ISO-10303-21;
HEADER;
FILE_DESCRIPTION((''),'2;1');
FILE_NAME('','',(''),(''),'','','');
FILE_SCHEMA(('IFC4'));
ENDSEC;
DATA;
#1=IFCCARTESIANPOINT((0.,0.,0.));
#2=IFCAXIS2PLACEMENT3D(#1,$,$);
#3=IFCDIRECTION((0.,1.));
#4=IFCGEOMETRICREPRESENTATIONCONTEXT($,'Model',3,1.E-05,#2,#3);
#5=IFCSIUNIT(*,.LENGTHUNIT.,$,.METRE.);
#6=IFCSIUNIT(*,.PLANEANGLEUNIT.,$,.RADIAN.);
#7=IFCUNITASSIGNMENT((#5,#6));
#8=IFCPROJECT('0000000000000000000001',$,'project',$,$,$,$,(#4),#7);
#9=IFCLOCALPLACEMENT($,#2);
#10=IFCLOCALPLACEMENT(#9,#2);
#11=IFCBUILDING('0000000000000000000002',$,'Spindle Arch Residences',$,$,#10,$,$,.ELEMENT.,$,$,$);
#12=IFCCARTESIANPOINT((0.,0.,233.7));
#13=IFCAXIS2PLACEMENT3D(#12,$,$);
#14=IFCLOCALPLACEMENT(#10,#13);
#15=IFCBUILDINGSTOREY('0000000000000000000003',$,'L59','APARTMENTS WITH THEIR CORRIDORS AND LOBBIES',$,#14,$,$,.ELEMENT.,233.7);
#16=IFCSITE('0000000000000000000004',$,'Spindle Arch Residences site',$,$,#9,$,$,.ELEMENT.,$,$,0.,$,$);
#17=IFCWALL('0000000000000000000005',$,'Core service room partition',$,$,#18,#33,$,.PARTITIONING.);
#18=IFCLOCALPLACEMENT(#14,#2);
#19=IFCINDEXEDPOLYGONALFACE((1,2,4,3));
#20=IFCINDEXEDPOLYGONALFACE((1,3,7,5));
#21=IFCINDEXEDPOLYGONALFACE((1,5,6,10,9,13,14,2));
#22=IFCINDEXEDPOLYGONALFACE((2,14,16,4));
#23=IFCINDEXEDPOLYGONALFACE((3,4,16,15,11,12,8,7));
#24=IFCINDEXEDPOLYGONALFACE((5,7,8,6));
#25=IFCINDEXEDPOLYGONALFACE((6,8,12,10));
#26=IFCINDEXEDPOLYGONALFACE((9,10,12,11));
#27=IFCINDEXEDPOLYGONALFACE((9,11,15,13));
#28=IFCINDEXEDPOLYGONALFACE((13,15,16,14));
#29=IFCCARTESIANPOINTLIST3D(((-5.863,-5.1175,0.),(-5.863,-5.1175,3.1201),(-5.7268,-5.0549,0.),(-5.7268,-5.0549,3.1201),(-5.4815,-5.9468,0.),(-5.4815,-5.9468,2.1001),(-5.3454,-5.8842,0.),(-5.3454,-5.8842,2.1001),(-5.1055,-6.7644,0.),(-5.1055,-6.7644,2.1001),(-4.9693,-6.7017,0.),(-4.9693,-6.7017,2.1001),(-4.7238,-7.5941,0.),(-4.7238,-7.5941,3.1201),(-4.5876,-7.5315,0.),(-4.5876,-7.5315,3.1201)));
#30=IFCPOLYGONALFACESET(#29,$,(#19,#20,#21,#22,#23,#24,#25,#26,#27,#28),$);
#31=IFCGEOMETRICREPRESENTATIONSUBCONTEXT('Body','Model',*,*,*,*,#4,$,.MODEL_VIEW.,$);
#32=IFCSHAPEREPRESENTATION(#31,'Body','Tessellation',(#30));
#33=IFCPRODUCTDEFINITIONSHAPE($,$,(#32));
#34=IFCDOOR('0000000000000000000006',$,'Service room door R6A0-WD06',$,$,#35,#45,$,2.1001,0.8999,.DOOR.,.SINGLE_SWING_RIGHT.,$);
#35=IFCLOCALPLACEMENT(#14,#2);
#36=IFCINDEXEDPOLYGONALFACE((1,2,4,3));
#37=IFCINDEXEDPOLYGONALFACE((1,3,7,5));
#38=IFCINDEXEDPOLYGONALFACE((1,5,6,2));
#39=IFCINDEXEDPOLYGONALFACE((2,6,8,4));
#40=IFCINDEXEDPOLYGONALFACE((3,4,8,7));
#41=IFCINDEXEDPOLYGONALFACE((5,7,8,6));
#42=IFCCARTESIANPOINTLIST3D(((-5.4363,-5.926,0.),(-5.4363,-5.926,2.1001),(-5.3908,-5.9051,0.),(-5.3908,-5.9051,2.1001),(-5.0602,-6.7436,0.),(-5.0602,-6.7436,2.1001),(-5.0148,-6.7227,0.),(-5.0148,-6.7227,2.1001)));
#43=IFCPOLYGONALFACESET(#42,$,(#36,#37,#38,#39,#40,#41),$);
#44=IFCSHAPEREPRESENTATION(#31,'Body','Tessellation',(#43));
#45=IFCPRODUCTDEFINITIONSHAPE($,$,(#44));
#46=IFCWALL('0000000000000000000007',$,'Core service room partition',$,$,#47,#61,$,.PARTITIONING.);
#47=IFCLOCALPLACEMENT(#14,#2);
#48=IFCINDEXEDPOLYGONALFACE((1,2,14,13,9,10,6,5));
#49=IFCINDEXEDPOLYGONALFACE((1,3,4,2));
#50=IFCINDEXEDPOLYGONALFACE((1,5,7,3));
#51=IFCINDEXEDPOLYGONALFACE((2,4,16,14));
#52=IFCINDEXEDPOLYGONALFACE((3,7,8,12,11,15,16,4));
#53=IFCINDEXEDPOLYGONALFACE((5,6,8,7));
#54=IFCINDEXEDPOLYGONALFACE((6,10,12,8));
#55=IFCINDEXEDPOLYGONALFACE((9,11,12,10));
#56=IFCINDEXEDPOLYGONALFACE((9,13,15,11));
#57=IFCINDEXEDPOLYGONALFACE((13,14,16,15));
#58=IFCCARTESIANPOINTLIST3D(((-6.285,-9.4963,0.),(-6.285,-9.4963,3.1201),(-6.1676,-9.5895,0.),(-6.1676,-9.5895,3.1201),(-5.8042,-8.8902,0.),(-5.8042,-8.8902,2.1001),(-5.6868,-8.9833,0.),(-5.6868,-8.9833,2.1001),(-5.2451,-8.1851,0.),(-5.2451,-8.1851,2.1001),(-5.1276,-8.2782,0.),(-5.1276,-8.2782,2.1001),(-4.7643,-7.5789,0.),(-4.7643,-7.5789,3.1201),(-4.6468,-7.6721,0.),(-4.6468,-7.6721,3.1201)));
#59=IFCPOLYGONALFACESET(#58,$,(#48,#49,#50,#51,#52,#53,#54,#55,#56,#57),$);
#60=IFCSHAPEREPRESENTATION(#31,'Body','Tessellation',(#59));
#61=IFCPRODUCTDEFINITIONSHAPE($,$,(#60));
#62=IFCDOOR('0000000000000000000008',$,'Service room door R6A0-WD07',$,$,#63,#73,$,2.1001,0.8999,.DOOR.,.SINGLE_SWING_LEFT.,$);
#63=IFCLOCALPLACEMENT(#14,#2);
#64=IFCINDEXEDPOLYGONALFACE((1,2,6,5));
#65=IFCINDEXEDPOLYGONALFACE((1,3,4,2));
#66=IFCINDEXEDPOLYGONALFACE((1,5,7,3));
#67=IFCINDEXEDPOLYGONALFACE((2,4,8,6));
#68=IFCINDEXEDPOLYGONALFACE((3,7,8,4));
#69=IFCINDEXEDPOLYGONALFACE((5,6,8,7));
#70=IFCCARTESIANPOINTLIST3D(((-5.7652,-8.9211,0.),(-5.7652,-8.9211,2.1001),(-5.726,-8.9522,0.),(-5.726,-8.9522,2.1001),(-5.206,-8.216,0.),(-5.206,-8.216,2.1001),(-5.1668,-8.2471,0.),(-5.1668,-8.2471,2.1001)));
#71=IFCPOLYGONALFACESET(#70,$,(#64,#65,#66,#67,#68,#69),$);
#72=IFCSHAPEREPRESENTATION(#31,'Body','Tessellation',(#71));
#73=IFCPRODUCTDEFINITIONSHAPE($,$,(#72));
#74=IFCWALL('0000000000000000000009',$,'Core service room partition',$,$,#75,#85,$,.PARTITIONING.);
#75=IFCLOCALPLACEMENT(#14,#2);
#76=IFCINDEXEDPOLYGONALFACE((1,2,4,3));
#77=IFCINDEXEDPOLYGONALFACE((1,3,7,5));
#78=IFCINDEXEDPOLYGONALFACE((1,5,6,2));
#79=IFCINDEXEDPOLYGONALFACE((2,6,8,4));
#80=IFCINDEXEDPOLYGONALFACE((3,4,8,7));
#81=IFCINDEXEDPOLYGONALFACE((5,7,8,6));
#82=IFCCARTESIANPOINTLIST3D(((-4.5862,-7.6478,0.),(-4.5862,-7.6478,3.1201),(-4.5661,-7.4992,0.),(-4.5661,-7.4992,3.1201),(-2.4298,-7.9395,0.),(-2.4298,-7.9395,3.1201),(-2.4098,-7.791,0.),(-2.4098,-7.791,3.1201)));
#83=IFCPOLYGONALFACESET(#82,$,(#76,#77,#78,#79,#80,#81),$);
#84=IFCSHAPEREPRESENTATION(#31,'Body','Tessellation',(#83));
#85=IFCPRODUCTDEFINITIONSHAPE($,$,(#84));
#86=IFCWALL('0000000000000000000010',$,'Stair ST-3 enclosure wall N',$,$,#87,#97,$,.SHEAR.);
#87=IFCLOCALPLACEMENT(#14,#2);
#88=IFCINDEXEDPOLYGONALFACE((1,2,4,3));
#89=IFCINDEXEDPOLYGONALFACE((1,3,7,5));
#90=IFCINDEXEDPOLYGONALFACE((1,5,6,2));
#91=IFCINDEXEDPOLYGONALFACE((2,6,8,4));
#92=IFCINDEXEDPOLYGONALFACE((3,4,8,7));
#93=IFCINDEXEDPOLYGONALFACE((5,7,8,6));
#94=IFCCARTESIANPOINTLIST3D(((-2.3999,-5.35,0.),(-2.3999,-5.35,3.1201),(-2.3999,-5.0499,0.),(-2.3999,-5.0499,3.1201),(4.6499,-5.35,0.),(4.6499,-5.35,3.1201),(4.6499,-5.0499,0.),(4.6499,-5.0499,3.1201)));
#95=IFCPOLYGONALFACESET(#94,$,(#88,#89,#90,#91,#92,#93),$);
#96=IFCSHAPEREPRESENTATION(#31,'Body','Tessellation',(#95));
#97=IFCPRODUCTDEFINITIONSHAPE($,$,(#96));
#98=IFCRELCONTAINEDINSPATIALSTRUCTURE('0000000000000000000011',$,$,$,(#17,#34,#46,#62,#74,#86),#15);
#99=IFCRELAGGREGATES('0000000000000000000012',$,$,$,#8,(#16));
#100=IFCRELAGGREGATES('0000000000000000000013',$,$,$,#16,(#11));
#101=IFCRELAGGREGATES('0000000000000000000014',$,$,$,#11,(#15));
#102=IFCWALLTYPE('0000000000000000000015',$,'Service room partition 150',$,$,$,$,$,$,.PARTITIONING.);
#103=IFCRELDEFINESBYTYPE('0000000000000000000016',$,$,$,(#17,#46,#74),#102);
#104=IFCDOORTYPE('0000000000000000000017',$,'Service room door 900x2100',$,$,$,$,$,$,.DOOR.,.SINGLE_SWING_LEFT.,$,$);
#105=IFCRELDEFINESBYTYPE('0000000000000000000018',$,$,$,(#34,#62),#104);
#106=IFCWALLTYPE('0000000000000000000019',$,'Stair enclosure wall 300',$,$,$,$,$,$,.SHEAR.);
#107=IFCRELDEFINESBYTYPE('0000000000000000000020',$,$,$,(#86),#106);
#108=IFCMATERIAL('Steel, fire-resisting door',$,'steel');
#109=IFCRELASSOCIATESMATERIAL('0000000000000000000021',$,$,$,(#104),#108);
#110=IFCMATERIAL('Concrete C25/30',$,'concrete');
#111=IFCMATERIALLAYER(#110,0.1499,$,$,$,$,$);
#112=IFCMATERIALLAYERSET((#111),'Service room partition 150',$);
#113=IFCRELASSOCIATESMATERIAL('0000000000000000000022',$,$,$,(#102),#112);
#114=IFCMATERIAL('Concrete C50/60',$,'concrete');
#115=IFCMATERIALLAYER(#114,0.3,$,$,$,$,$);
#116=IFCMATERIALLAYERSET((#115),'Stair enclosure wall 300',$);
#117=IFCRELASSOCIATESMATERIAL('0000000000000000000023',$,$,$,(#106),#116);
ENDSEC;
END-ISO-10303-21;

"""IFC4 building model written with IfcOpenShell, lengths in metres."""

from ifc_helpers import new_model, si_unit, direction, frame, frame_2d, origin, place, context, subcontext, project, spatial, rectangle, extrude, material, layer, layer_set, type_object, element, fill, save


model = new_model("IFC4")

# Units and contexts
model_context = context("Model", 3, precision=1e-05, world=origin(), true_north=direction((0.0, 1.0)))
body_context = subcontext(model_context, "Body", "Model", "MODEL_VIEW")
ifc_project = project(units=[si_unit("LENGTHUNIT", "METRE"), si_unit("PLANEANGLEUNIT", "RADIAN")], contexts=[model_context])

# Site, building, storey
site_placement = place(None, origin())
site = spatial("IfcSite", under=ifc_project, at=site_placement, Name="Spindle Arch Residences site", CompositionType="ELEMENT", RefElevation=0.0)
building_placement = place(site_placement, origin())
building = spatial("IfcBuilding", under=site, at=building_placement, Name="Spindle Arch Residences", CompositionType="ELEMENT")
storey_placement = place(building_placement, frame((0.0, 0.0, 233.7)))
storey = spatial("IfcBuildingStorey", under=building, at=storey_placement, Name="L59", Description="APARTMENTS WITH THEIR CORRIDORS AND LOBBIES", CompositionType="ELEMENT", Elevation=233.7)

# Shared definitions
ifc_material_1 = material(Name="Steel, fire-resisting door", Category="steel")
door_type_1 = type_object("IfcDoorType", Name="Service room door 900x2100", OperationType="SINGLE_SWING_LEFT", PredefinedType="DOOR", material=ifc_material_1)

# Walls, openings, doors
ifc_material_2 = material(Name="Concrete C25/30", Category="concrete")
ifc_layer_1 = layer(ifc_material_2, 0.1499)
ifc_layer_set_1 = layer_set([ifc_layer_1], Name="Service room partition 150")
wall_type_1 = type_object("IfcWallType", Name="Service room partition 150", PredefinedType="PARTITIONING", material=ifc_layer_set_1)
wall_1_placement = place(storey_placement, frame((-5.7949, -5.0862, 0.0), z_axis=(0.0, 0.0, 1.0), x_axis=(0.417888, -0.908499, 0.0)))
wall_1 = element("IfcWall", 1, at=wall_1_placement, inside=storey, type_object=wall_type_1, Name="Core service room partition", PredefinedType="PARTITIONING", context=body_context, shape_type="SweptSolid", body=[
    extrude(rectangle(XDim=2.7261, YDim=0.1499, at=frame_2d((1.363, 0.0))), origin(), (0.0, 0.0, 1.0), 3.1201),
])
opening_1_placement = place(wall_1_placement, frame((0.9128, 0.0, 0.0)))
opening_1 = element("IfcOpeningElement", 2, at=opening_1_placement, cuts=wall_1, PredefinedType="OPENING", context=body_context, shape_type="SweptSolid", body=[
    extrude(rectangle(XDim=0.8999, YDim=2.1001, at=frame_2d((0.45, 1.05))), frame((0.0, 0.085, 0.0), z_axis=(0.0, -1.0, 0.0), x_axis=(1.0, 0.0, 0.0)), (0.0, 0.0, 1.0), 0.1699),
])
door_1_placement = place(opening_1_placement, origin())
door_1 = element("IfcDoor", 3, at=door_1_placement, inside=storey, type_object=door_type_1, Name="Service room door R6A0-WD06", OperationType="SINGLE_SWING_RIGHT", OverallHeight=2.1001, OverallWidth=0.8999, PredefinedType="DOOR", context=body_context, shape_type="SweptSolid", body=[
    extrude(rectangle(XDim=0.8999, YDim=2.1001, at=frame_2d((0.45, 1.05))), frame((0.0, 0.0249, 0.0), z_axis=(0.0, -1.0, 0.0), x_axis=(1.0, 0.0, 0.0)), (0.0, 0.0, 1.0), 0.05),
])
fill(opening_1, door_1)
wall_2_placement = place(storey_placement, frame((-4.7056, -7.6255, 0.0), z_axis=(0.0, 0.0, 1.0), x_axis=(-0.621393, -0.783499, 0.0)))
wall_2 = element("IfcWall", 4, at=wall_2_placement, inside=storey, type_object=wall_type_1, Name="Core service room partition", PredefinedType="PARTITIONING", context=body_context, shape_type="SweptSolid", body=[
    extrude(rectangle(XDim=2.4473, YDim=0.1499, at=frame_2d((1.2236, 0.0))), origin(), (0.0, 0.0, 1.0), 3.1201),
])
opening_2_placement = place(wall_2_placement, frame((0.7737, 0.0, 0.0)))
opening_2 = element("IfcOpeningElement", 5, at=opening_2_placement, cuts=wall_2, PredefinedType="OPENING", context=body_context, shape_type="SweptSolid", body=[
    extrude(rectangle(XDim=0.8999, YDim=2.1001, at=frame_2d((0.45, 1.05))), frame((0.0, 0.085, 0.0), z_axis=(0.0, -1.0, 0.0), x_axis=(1.0, 0.0, 0.0)), (0.0, 0.0, 1.0), 0.1699),
])
door_2_placement = place(opening_2_placement, origin())
door_2 = element("IfcDoor", 6, at=door_2_placement, inside=storey, type_object=door_type_1, Name="Service room door R6A0-WD07", OperationType="SINGLE_SWING_LEFT", OverallHeight=2.1001, OverallWidth=0.8999, PredefinedType="DOOR", context=body_context, shape_type="SweptSolid", body=[
    extrude(rectangle(XDim=0.8999, YDim=2.1001, at=frame_2d((0.45, 1.05))), frame((0.0, 0.0249, 0.0), z_axis=(0.0, -1.0, 0.0), x_axis=(1.0, 0.0, 0.0)), (0.0, 0.0, 1.0), 0.05),
])
fill(opening_2, door_2)

# Walls
wall_3_placement = place(storey_placement, frame((-2.4199, -7.8652, 0.0), z_axis=(0.0, 0.0, 1.0), x_axis=(-0.990972, 0.134067, 0.0)))
element("IfcWall", 7, at=wall_3_placement, inside=storey, type_object=wall_type_1, Name="Core service room partition", PredefinedType="PARTITIONING", context=body_context, shape_type="SweptSolid", body=[
    extrude(rectangle(XDim=2.176, YDim=0.1499, at=frame_2d((1.0879, 0.0))), origin(), (0.0, 0.0, 1.0), 3.1201),
])
ifc_material_3 = material(Name="Concrete C50/60", Category="concrete")
ifc_layer_2 = layer(ifc_material_3, 0.3)
ifc_layer_set_2 = layer_set([ifc_layer_2], Name="Stair enclosure wall 300")
wall_type_2 = type_object("IfcWallType", Name="Stair enclosure wall 300", PredefinedType="SHEAR", material=ifc_layer_set_2)
wall_4_placement = place(storey_placement, frame((-2.3999, -5.2, 0.0), z_axis=(0.0, 0.0, 1.0), x_axis=(1.0, 0.0, 0.0)))
element("IfcWall", 8, at=wall_4_placement, inside=storey, type_object=wall_type_2, Name="Stair ST-3 enclosure wall N", PredefinedType="SHEAR", context=body_context, shape_type="SweptSolid", body=[
    extrude(rectangle(XDim=7.0498, YDim=0.3, at=frame_2d((3.5249, 0.0))), origin(), (0.0, 0.0, 1.0), 3.1201),
])

save(model, "model.ifc")
